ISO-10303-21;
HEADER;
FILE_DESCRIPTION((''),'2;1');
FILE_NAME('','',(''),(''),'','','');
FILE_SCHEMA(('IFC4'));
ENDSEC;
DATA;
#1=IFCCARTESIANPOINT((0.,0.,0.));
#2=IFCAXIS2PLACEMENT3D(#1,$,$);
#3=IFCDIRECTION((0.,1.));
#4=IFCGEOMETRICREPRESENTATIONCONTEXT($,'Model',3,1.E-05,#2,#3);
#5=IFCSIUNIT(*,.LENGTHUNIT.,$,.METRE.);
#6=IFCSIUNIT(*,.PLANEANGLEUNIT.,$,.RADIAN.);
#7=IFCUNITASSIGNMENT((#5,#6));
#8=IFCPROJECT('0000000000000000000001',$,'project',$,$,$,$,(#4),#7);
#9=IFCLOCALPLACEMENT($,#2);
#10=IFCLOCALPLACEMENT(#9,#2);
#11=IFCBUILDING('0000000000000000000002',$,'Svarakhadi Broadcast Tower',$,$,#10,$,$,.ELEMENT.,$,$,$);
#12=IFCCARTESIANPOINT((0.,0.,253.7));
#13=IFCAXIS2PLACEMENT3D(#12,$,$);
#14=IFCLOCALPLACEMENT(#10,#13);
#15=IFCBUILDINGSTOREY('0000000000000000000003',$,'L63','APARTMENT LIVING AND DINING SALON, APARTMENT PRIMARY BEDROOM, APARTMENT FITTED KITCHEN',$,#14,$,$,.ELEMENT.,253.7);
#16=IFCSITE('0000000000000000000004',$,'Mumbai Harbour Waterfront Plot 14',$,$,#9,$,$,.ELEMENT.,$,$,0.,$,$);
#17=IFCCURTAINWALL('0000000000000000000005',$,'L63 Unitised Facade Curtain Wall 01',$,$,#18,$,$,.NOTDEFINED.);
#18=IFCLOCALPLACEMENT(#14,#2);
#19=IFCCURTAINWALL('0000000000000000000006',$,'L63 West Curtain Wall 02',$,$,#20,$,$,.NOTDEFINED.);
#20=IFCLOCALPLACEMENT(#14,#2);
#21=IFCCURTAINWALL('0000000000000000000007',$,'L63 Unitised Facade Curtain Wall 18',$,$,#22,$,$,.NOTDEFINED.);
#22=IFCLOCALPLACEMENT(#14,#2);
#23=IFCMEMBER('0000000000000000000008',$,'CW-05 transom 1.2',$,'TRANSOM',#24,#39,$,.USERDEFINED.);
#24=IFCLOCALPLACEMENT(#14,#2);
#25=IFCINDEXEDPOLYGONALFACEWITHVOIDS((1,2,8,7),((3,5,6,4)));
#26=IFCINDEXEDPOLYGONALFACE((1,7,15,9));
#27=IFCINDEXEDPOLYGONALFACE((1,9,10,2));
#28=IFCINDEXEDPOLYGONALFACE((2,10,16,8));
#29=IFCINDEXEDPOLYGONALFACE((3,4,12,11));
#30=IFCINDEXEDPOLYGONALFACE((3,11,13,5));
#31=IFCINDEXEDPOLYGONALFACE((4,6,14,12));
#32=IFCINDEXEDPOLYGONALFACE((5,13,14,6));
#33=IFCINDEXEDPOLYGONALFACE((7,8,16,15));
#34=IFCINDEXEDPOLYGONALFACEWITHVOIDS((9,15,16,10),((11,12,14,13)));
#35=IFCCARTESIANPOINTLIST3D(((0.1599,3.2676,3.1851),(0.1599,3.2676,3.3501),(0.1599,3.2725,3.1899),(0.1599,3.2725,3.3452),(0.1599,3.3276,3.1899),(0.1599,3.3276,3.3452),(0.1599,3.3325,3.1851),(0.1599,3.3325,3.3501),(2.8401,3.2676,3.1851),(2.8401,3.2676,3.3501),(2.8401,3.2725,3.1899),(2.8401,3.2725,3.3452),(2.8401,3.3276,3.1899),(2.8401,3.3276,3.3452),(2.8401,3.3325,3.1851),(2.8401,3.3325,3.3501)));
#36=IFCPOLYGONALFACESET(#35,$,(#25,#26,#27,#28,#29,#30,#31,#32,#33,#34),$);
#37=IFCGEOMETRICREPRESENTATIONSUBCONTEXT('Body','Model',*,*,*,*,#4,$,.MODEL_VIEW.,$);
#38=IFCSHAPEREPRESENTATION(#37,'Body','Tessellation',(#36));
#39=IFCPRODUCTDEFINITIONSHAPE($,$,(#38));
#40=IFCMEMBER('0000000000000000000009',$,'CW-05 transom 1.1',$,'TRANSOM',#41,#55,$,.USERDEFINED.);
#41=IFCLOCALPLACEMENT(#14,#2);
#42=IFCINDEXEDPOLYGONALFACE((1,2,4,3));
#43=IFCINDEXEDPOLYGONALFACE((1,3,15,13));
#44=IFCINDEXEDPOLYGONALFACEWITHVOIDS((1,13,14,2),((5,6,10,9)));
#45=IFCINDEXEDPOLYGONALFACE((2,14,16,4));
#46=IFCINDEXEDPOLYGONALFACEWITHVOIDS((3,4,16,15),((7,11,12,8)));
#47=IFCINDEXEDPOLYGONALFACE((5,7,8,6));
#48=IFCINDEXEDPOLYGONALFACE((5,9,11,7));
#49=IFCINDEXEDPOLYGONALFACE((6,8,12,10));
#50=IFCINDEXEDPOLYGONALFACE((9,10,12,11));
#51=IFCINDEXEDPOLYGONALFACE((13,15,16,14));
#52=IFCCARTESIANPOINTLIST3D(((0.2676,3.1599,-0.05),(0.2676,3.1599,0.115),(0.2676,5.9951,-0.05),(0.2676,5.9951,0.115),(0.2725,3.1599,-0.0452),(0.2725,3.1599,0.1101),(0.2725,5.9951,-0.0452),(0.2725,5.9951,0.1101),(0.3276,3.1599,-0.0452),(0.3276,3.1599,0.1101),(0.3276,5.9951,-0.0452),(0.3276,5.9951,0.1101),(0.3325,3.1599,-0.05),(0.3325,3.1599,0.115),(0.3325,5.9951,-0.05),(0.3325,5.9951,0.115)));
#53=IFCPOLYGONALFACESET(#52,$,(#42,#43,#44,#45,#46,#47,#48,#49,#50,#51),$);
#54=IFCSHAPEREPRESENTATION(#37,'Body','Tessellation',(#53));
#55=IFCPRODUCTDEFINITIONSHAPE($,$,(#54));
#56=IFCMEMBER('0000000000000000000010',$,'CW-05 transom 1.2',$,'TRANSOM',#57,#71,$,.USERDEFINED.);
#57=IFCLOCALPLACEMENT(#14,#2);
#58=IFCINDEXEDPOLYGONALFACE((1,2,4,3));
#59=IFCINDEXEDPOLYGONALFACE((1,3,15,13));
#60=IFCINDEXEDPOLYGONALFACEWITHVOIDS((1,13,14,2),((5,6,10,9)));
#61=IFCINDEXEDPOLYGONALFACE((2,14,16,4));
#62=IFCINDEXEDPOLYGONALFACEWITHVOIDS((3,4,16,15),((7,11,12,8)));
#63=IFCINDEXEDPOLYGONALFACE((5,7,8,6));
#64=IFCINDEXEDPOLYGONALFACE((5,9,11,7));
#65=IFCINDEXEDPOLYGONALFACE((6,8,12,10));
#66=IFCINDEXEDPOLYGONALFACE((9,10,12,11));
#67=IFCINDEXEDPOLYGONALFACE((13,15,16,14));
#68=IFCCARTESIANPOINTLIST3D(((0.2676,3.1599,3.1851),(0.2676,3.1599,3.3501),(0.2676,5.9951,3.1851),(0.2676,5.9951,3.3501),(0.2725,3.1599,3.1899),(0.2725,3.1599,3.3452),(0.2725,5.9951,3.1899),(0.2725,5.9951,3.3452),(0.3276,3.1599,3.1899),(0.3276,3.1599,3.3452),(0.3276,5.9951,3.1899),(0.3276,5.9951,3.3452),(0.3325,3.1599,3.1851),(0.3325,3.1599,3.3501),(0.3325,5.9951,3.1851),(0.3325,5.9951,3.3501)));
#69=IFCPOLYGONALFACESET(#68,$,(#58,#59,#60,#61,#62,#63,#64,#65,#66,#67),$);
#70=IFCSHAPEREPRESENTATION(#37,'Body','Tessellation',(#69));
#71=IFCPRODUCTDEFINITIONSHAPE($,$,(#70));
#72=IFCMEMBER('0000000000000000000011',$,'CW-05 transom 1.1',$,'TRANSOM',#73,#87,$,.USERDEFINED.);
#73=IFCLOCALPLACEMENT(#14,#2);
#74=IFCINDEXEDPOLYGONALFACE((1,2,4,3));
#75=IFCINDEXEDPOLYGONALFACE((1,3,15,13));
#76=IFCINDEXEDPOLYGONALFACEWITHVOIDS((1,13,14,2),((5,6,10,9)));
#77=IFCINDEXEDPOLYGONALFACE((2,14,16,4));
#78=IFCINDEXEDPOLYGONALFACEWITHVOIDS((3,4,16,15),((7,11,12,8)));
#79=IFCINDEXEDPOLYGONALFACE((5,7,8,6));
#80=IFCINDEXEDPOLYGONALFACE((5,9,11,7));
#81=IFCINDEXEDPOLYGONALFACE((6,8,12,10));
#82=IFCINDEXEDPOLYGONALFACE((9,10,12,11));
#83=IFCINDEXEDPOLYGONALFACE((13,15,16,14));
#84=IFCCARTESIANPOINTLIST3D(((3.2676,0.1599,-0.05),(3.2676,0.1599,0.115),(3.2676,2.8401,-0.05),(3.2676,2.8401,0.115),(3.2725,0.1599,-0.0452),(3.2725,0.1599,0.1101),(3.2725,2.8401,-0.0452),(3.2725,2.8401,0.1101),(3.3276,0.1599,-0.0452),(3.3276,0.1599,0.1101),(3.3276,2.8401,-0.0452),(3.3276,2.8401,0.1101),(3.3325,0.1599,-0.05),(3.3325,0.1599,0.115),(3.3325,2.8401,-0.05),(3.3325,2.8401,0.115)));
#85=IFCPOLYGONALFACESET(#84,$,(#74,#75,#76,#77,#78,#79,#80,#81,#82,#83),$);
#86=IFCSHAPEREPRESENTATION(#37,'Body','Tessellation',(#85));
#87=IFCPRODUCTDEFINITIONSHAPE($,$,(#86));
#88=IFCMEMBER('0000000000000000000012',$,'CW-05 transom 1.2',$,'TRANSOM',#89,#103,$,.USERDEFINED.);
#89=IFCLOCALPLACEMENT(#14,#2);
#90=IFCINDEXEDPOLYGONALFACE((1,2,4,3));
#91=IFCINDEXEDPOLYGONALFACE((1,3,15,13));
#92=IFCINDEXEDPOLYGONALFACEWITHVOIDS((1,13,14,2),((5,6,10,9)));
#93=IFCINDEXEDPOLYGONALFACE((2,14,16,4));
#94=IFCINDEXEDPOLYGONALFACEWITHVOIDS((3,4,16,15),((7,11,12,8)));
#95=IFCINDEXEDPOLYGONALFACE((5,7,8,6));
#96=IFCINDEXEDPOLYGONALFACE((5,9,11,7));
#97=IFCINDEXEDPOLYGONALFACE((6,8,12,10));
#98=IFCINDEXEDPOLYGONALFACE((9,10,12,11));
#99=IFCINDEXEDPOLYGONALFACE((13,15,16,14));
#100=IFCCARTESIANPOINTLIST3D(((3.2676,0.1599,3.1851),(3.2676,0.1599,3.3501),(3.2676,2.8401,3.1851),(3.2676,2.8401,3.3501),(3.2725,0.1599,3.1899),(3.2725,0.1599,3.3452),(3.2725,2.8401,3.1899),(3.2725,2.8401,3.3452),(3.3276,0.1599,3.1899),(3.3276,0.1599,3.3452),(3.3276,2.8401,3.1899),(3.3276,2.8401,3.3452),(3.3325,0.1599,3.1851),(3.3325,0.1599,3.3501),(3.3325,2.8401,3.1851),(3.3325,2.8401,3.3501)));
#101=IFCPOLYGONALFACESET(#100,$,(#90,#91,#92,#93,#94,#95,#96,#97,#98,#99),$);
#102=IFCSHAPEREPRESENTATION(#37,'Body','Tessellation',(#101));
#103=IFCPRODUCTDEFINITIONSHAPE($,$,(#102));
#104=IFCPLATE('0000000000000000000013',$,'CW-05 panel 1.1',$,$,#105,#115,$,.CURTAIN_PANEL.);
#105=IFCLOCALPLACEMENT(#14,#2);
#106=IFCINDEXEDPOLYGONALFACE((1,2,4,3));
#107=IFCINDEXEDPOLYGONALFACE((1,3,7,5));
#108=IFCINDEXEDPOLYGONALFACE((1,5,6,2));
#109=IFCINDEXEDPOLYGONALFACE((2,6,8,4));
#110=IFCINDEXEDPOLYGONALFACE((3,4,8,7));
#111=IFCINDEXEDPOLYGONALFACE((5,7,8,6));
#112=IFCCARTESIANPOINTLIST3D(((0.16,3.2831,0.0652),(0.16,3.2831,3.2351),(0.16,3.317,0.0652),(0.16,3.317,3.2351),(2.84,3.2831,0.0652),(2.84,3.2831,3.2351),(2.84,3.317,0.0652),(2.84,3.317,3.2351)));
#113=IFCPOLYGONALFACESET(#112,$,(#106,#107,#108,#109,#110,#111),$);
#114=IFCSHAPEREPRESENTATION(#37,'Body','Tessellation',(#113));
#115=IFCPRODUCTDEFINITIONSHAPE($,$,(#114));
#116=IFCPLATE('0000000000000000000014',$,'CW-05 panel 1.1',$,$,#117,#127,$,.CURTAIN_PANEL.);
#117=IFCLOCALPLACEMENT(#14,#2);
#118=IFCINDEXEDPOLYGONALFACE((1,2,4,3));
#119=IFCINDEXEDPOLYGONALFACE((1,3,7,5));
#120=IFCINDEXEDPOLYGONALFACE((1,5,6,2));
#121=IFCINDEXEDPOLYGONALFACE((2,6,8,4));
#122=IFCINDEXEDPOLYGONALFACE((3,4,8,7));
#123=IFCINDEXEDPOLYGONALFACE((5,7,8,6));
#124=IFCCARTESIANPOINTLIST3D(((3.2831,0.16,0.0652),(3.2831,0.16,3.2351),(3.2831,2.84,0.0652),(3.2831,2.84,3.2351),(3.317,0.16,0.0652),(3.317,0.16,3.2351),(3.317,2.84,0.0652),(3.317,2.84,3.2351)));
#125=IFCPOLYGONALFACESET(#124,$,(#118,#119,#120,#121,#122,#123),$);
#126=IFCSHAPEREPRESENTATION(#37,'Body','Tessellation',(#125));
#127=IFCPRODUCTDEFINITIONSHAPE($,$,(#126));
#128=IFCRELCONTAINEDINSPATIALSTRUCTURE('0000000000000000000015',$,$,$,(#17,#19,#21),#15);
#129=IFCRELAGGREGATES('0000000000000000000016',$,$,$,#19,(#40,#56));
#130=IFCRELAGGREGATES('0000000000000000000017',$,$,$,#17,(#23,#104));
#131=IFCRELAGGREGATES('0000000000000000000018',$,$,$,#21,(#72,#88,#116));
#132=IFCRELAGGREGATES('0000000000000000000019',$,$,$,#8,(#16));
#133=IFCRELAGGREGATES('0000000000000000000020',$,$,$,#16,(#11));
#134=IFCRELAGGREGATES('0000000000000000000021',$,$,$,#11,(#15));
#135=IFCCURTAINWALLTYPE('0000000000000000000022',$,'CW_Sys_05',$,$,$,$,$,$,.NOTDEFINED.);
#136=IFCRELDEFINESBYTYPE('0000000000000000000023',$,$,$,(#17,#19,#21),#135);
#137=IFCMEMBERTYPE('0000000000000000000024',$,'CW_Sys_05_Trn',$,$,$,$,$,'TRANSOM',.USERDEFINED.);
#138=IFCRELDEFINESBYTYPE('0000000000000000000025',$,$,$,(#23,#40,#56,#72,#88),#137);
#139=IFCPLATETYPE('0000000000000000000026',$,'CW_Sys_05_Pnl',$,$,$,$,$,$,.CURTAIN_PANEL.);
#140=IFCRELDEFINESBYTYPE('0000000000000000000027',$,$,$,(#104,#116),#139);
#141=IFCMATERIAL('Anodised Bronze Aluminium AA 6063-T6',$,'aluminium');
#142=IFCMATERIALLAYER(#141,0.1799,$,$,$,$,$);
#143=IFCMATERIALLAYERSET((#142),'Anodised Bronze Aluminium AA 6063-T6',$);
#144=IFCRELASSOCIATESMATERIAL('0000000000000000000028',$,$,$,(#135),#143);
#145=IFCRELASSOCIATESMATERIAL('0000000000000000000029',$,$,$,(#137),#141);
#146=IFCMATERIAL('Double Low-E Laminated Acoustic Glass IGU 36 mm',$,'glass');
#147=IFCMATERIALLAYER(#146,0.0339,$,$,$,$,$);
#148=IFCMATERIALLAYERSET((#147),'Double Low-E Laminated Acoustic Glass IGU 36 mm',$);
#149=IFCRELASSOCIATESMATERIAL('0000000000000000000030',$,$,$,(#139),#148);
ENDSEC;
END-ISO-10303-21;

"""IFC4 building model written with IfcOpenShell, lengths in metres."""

from ifc_helpers import new_model, si_unit, direction, frame, origin, origin_2d, place, context, subcontext, project, spatial, rectangle, hollow_rectangle, extrude, material, layer, layer_set, material_profile, profile_set, type_object, element, aggregate, save


model = new_model("IFC4")

# Units and contexts
model_context = context("Model", 3, precision=1e-05, world=origin(), true_north=direction((0.0, 1.0)))
body_context = subcontext(model_context, "Body", "Model", "MODEL_VIEW")
ifc_project = project(units=[si_unit("LENGTHUNIT", "METRE"), si_unit("PLANEANGLEUNIT", "RADIAN")], contexts=[model_context])

# Site, building, storey
site_placement = place(None, origin())
site = spatial("IfcSite", under=ifc_project, at=site_placement, Name="Mumbai Harbour Waterfront Plot 14", CompositionType="ELEMENT", RefElevation=0.0)
building_placement = place(site_placement, origin())
building = spatial("IfcBuilding", under=site, at=building_placement, Name="Svarakhadi Broadcast Tower", CompositionType="ELEMENT")
storey_placement = place(building_placement, frame((0.0, 0.0, 253.7)))
storey = spatial("IfcBuildingStorey", under=building, at=storey_placement, Name="L63", Description="APARTMENT LIVING AND DINING SALON, APARTMENT PRIMARY BEDROOM, APARTMENT FITTED KITCHEN", CompositionType="ELEMENT", Elevation=253.7)

# Curtain wall
ifc_material_1 = material(Name="Anodised Bronze Aluminium AA 6063-T6", Category="aluminium")
ifc_layer_1 = layer(ifc_material_1, 0.1799)
ifc_layer_set_1 = layer_set([ifc_layer_1], Name="Anodised Bronze Aluminium AA 6063-T6")
curtain_wall_type = type_object("IfcCurtainWallType", Name="CW_Sys_05", PredefinedType="NOTDEFINED", material=ifc_layer_set_1)
curtain_wall_1_placement = place(storey_placement, origin())
curtain_wall_1 = element("IfcCurtainWall", 1, at=curtain_wall_1_placement, inside=storey, type_object=curtain_wall_type, Name="L63 Unitised Facade Curtain Wall 01", PredefinedType="NOTDEFINED")

# Curtain wall
curtain_wall_2_placement = place(storey_placement, origin())
curtain_wall_2 = element("IfcCurtainWall", 2, at=curtain_wall_2_placement, inside=storey, type_object=curtain_wall_type, Name="L63 West Curtain Wall 02", PredefinedType="NOTDEFINED")

# Curtain wall
curtain_wall_3_placement = place(storey_placement, origin())
curtain_wall_3 = element("IfcCurtainWall", 3, at=curtain_wall_3_placement, inside=storey, type_object=curtain_wall_type, Name="L63 Unitised Facade Curtain Wall 18", PredefinedType="NOTDEFINED")

# Members
ifc_material_profile_1 = material_profile(ifc_material_1, hollow_rectangle(XDim=0.0649, YDim=0.165, WallThickness=0.0049, at=origin_2d()), Name="ALU TRANSOM 165x65x5")
ifc_profile_set_1 = profile_set([ifc_material_profile_1], Name="Anodised Bronze Aluminium AA 6063-T6")
member_type_1 = type_object("IfcMemberType", Name="CW_Sys_05_Trn", ElementType="TRANSOM", PredefinedType="USERDEFINED", material=ifc_profile_set_1)
member_1_placement = place(storey_placement, frame((2.8401, 3.3, 3.2676), z_axis=(-1.0, 0.0, 0.0), x_axis=(0.0, -1.0, 0.0)))
member_1 = element("IfcMember", 4, at=member_1_placement, type_object=member_type_1, Name="CW-05 transom 1.2", ObjectType="TRANSOM", PredefinedType="USERDEFINED", context=body_context, shape_type="SweptSolid", body=[
    extrude(hollow_rectangle(XDim=0.0649, YDim=0.165, WallThickness=0.0049, at=origin_2d()), origin(), (0.0, 0.0, 1.0), 2.6802),
])
member_2_placement = place(storey_placement, frame((0.3, 3.1599, 0.0325), z_axis=(0.0, 1.0, 0.0), x_axis=(-1.0, 0.0, 0.0)))
member_2 = element("IfcMember", 5, at=member_2_placement, type_object=member_type_1, Name="CW-05 transom 1.1", ObjectType="TRANSOM", PredefinedType="USERDEFINED", context=body_context, shape_type="SweptSolid", body=[
    extrude(hollow_rectangle(XDim=0.0649, YDim=0.165, WallThickness=0.0049, at=origin_2d()), origin(), (0.0, 0.0, 1.0), 2.8352),
])
member_3_placement = place(storey_placement, frame((0.3, 3.1599, 3.2676), z_axis=(0.0, 1.0, 0.0), x_axis=(-1.0, 0.0, 0.0)))
member_3 = element("IfcMember", 6, at=member_3_placement, type_object=member_type_1, Name="CW-05 transom 1.2", ObjectType="TRANSOM", PredefinedType="USERDEFINED", context=body_context, shape_type="SweptSolid", body=[
    extrude(hollow_rectangle(XDim=0.0649, YDim=0.165, WallThickness=0.0049, at=origin_2d()), origin(), (0.0, 0.0, 1.0), 2.8352),
])
aggregate(curtain_wall_2, [member_2, member_3])
member_4_placement = place(storey_placement, frame((3.3, 0.1599, 0.0325), z_axis=(0.0, 1.0, 0.0), x_axis=(-1.0, 0.0, 0.0)))
member_4 = element("IfcMember", 7, at=member_4_placement, type_object=member_type_1, Name="CW-05 transom 1.1", ObjectType="TRANSOM", PredefinedType="USERDEFINED", context=body_context, shape_type="SweptSolid", body=[
    extrude(hollow_rectangle(XDim=0.0649, YDim=0.165, WallThickness=0.0049, at=origin_2d()), origin(), (0.0, 0.0, 1.0), 2.6802),
])
member_5_placement = place(storey_placement, frame((3.3, 0.1599, 3.2676), z_axis=(0.0, 1.0, 0.0), x_axis=(-1.0, 0.0, 0.0)))
member_5 = element("IfcMember", 8, at=member_5_placement, type_object=member_type_1, Name="CW-05 transom 1.2", ObjectType="TRANSOM", PredefinedType="USERDEFINED", context=body_context, shape_type="SweptSolid", body=[
    extrude(hollow_rectangle(XDim=0.0649, YDim=0.165, WallThickness=0.0049, at=origin_2d()), origin(), (0.0, 0.0, 1.0), 2.6802),
])

# Plates
ifc_material_2 = material(Name="Double Low-E Laminated Acoustic Glass IGU 36 mm", Category="glass")
ifc_layer_2 = layer(ifc_material_2, 0.0339)
ifc_layer_set_2 = layer_set([ifc_layer_2], Name="Double Low-E Laminated Acoustic Glass IGU 36 mm")
plate_type = type_object("IfcPlateType", Name="CW_Sys_05_Pnl", PredefinedType="CURTAIN_PANEL", material=ifc_layer_set_2)
plate_1_placement = place(storey_placement, frame((1.5, 3.3, 0.0652), z_axis=(0.0, 0.0, 1.0), x_axis=(-1.0, 0.0, 0.0)))
plate_1 = element("IfcPlate", 9, at=plate_1_placement, type_object=plate_type, Name="CW-05 panel 1.1", PredefinedType="CURTAIN_PANEL", context=body_context, shape_type="SweptSolid", body=[
    extrude(rectangle(XDim=2.6799, YDim=0.0339, at=origin_2d()), origin(), (0.0, 0.0, 1.0), 3.1699),
])
aggregate(curtain_wall_1, [member_1, plate_1])
plate_2_placement = place(storey_placement, frame((3.3, 1.5, 0.0652), z_axis=(0.0, 0.0, 1.0), x_axis=(0.0, 1.0, 0.0)))
plate_2 = element("IfcPlate", 10, at=plate_2_placement, type_object=plate_type, Name="CW-05 panel 1.1", PredefinedType="CURTAIN_PANEL", context=body_context, shape_type="SweptSolid", body=[
    extrude(rectangle(XDim=2.6799, YDim=0.0339, at=origin_2d()), origin(), (0.0, 0.0, 1.0), 3.1699),
])
aggregate(curtain_wall_3, [member_4, member_5, plate_2])

save(model, "model.ifc")
